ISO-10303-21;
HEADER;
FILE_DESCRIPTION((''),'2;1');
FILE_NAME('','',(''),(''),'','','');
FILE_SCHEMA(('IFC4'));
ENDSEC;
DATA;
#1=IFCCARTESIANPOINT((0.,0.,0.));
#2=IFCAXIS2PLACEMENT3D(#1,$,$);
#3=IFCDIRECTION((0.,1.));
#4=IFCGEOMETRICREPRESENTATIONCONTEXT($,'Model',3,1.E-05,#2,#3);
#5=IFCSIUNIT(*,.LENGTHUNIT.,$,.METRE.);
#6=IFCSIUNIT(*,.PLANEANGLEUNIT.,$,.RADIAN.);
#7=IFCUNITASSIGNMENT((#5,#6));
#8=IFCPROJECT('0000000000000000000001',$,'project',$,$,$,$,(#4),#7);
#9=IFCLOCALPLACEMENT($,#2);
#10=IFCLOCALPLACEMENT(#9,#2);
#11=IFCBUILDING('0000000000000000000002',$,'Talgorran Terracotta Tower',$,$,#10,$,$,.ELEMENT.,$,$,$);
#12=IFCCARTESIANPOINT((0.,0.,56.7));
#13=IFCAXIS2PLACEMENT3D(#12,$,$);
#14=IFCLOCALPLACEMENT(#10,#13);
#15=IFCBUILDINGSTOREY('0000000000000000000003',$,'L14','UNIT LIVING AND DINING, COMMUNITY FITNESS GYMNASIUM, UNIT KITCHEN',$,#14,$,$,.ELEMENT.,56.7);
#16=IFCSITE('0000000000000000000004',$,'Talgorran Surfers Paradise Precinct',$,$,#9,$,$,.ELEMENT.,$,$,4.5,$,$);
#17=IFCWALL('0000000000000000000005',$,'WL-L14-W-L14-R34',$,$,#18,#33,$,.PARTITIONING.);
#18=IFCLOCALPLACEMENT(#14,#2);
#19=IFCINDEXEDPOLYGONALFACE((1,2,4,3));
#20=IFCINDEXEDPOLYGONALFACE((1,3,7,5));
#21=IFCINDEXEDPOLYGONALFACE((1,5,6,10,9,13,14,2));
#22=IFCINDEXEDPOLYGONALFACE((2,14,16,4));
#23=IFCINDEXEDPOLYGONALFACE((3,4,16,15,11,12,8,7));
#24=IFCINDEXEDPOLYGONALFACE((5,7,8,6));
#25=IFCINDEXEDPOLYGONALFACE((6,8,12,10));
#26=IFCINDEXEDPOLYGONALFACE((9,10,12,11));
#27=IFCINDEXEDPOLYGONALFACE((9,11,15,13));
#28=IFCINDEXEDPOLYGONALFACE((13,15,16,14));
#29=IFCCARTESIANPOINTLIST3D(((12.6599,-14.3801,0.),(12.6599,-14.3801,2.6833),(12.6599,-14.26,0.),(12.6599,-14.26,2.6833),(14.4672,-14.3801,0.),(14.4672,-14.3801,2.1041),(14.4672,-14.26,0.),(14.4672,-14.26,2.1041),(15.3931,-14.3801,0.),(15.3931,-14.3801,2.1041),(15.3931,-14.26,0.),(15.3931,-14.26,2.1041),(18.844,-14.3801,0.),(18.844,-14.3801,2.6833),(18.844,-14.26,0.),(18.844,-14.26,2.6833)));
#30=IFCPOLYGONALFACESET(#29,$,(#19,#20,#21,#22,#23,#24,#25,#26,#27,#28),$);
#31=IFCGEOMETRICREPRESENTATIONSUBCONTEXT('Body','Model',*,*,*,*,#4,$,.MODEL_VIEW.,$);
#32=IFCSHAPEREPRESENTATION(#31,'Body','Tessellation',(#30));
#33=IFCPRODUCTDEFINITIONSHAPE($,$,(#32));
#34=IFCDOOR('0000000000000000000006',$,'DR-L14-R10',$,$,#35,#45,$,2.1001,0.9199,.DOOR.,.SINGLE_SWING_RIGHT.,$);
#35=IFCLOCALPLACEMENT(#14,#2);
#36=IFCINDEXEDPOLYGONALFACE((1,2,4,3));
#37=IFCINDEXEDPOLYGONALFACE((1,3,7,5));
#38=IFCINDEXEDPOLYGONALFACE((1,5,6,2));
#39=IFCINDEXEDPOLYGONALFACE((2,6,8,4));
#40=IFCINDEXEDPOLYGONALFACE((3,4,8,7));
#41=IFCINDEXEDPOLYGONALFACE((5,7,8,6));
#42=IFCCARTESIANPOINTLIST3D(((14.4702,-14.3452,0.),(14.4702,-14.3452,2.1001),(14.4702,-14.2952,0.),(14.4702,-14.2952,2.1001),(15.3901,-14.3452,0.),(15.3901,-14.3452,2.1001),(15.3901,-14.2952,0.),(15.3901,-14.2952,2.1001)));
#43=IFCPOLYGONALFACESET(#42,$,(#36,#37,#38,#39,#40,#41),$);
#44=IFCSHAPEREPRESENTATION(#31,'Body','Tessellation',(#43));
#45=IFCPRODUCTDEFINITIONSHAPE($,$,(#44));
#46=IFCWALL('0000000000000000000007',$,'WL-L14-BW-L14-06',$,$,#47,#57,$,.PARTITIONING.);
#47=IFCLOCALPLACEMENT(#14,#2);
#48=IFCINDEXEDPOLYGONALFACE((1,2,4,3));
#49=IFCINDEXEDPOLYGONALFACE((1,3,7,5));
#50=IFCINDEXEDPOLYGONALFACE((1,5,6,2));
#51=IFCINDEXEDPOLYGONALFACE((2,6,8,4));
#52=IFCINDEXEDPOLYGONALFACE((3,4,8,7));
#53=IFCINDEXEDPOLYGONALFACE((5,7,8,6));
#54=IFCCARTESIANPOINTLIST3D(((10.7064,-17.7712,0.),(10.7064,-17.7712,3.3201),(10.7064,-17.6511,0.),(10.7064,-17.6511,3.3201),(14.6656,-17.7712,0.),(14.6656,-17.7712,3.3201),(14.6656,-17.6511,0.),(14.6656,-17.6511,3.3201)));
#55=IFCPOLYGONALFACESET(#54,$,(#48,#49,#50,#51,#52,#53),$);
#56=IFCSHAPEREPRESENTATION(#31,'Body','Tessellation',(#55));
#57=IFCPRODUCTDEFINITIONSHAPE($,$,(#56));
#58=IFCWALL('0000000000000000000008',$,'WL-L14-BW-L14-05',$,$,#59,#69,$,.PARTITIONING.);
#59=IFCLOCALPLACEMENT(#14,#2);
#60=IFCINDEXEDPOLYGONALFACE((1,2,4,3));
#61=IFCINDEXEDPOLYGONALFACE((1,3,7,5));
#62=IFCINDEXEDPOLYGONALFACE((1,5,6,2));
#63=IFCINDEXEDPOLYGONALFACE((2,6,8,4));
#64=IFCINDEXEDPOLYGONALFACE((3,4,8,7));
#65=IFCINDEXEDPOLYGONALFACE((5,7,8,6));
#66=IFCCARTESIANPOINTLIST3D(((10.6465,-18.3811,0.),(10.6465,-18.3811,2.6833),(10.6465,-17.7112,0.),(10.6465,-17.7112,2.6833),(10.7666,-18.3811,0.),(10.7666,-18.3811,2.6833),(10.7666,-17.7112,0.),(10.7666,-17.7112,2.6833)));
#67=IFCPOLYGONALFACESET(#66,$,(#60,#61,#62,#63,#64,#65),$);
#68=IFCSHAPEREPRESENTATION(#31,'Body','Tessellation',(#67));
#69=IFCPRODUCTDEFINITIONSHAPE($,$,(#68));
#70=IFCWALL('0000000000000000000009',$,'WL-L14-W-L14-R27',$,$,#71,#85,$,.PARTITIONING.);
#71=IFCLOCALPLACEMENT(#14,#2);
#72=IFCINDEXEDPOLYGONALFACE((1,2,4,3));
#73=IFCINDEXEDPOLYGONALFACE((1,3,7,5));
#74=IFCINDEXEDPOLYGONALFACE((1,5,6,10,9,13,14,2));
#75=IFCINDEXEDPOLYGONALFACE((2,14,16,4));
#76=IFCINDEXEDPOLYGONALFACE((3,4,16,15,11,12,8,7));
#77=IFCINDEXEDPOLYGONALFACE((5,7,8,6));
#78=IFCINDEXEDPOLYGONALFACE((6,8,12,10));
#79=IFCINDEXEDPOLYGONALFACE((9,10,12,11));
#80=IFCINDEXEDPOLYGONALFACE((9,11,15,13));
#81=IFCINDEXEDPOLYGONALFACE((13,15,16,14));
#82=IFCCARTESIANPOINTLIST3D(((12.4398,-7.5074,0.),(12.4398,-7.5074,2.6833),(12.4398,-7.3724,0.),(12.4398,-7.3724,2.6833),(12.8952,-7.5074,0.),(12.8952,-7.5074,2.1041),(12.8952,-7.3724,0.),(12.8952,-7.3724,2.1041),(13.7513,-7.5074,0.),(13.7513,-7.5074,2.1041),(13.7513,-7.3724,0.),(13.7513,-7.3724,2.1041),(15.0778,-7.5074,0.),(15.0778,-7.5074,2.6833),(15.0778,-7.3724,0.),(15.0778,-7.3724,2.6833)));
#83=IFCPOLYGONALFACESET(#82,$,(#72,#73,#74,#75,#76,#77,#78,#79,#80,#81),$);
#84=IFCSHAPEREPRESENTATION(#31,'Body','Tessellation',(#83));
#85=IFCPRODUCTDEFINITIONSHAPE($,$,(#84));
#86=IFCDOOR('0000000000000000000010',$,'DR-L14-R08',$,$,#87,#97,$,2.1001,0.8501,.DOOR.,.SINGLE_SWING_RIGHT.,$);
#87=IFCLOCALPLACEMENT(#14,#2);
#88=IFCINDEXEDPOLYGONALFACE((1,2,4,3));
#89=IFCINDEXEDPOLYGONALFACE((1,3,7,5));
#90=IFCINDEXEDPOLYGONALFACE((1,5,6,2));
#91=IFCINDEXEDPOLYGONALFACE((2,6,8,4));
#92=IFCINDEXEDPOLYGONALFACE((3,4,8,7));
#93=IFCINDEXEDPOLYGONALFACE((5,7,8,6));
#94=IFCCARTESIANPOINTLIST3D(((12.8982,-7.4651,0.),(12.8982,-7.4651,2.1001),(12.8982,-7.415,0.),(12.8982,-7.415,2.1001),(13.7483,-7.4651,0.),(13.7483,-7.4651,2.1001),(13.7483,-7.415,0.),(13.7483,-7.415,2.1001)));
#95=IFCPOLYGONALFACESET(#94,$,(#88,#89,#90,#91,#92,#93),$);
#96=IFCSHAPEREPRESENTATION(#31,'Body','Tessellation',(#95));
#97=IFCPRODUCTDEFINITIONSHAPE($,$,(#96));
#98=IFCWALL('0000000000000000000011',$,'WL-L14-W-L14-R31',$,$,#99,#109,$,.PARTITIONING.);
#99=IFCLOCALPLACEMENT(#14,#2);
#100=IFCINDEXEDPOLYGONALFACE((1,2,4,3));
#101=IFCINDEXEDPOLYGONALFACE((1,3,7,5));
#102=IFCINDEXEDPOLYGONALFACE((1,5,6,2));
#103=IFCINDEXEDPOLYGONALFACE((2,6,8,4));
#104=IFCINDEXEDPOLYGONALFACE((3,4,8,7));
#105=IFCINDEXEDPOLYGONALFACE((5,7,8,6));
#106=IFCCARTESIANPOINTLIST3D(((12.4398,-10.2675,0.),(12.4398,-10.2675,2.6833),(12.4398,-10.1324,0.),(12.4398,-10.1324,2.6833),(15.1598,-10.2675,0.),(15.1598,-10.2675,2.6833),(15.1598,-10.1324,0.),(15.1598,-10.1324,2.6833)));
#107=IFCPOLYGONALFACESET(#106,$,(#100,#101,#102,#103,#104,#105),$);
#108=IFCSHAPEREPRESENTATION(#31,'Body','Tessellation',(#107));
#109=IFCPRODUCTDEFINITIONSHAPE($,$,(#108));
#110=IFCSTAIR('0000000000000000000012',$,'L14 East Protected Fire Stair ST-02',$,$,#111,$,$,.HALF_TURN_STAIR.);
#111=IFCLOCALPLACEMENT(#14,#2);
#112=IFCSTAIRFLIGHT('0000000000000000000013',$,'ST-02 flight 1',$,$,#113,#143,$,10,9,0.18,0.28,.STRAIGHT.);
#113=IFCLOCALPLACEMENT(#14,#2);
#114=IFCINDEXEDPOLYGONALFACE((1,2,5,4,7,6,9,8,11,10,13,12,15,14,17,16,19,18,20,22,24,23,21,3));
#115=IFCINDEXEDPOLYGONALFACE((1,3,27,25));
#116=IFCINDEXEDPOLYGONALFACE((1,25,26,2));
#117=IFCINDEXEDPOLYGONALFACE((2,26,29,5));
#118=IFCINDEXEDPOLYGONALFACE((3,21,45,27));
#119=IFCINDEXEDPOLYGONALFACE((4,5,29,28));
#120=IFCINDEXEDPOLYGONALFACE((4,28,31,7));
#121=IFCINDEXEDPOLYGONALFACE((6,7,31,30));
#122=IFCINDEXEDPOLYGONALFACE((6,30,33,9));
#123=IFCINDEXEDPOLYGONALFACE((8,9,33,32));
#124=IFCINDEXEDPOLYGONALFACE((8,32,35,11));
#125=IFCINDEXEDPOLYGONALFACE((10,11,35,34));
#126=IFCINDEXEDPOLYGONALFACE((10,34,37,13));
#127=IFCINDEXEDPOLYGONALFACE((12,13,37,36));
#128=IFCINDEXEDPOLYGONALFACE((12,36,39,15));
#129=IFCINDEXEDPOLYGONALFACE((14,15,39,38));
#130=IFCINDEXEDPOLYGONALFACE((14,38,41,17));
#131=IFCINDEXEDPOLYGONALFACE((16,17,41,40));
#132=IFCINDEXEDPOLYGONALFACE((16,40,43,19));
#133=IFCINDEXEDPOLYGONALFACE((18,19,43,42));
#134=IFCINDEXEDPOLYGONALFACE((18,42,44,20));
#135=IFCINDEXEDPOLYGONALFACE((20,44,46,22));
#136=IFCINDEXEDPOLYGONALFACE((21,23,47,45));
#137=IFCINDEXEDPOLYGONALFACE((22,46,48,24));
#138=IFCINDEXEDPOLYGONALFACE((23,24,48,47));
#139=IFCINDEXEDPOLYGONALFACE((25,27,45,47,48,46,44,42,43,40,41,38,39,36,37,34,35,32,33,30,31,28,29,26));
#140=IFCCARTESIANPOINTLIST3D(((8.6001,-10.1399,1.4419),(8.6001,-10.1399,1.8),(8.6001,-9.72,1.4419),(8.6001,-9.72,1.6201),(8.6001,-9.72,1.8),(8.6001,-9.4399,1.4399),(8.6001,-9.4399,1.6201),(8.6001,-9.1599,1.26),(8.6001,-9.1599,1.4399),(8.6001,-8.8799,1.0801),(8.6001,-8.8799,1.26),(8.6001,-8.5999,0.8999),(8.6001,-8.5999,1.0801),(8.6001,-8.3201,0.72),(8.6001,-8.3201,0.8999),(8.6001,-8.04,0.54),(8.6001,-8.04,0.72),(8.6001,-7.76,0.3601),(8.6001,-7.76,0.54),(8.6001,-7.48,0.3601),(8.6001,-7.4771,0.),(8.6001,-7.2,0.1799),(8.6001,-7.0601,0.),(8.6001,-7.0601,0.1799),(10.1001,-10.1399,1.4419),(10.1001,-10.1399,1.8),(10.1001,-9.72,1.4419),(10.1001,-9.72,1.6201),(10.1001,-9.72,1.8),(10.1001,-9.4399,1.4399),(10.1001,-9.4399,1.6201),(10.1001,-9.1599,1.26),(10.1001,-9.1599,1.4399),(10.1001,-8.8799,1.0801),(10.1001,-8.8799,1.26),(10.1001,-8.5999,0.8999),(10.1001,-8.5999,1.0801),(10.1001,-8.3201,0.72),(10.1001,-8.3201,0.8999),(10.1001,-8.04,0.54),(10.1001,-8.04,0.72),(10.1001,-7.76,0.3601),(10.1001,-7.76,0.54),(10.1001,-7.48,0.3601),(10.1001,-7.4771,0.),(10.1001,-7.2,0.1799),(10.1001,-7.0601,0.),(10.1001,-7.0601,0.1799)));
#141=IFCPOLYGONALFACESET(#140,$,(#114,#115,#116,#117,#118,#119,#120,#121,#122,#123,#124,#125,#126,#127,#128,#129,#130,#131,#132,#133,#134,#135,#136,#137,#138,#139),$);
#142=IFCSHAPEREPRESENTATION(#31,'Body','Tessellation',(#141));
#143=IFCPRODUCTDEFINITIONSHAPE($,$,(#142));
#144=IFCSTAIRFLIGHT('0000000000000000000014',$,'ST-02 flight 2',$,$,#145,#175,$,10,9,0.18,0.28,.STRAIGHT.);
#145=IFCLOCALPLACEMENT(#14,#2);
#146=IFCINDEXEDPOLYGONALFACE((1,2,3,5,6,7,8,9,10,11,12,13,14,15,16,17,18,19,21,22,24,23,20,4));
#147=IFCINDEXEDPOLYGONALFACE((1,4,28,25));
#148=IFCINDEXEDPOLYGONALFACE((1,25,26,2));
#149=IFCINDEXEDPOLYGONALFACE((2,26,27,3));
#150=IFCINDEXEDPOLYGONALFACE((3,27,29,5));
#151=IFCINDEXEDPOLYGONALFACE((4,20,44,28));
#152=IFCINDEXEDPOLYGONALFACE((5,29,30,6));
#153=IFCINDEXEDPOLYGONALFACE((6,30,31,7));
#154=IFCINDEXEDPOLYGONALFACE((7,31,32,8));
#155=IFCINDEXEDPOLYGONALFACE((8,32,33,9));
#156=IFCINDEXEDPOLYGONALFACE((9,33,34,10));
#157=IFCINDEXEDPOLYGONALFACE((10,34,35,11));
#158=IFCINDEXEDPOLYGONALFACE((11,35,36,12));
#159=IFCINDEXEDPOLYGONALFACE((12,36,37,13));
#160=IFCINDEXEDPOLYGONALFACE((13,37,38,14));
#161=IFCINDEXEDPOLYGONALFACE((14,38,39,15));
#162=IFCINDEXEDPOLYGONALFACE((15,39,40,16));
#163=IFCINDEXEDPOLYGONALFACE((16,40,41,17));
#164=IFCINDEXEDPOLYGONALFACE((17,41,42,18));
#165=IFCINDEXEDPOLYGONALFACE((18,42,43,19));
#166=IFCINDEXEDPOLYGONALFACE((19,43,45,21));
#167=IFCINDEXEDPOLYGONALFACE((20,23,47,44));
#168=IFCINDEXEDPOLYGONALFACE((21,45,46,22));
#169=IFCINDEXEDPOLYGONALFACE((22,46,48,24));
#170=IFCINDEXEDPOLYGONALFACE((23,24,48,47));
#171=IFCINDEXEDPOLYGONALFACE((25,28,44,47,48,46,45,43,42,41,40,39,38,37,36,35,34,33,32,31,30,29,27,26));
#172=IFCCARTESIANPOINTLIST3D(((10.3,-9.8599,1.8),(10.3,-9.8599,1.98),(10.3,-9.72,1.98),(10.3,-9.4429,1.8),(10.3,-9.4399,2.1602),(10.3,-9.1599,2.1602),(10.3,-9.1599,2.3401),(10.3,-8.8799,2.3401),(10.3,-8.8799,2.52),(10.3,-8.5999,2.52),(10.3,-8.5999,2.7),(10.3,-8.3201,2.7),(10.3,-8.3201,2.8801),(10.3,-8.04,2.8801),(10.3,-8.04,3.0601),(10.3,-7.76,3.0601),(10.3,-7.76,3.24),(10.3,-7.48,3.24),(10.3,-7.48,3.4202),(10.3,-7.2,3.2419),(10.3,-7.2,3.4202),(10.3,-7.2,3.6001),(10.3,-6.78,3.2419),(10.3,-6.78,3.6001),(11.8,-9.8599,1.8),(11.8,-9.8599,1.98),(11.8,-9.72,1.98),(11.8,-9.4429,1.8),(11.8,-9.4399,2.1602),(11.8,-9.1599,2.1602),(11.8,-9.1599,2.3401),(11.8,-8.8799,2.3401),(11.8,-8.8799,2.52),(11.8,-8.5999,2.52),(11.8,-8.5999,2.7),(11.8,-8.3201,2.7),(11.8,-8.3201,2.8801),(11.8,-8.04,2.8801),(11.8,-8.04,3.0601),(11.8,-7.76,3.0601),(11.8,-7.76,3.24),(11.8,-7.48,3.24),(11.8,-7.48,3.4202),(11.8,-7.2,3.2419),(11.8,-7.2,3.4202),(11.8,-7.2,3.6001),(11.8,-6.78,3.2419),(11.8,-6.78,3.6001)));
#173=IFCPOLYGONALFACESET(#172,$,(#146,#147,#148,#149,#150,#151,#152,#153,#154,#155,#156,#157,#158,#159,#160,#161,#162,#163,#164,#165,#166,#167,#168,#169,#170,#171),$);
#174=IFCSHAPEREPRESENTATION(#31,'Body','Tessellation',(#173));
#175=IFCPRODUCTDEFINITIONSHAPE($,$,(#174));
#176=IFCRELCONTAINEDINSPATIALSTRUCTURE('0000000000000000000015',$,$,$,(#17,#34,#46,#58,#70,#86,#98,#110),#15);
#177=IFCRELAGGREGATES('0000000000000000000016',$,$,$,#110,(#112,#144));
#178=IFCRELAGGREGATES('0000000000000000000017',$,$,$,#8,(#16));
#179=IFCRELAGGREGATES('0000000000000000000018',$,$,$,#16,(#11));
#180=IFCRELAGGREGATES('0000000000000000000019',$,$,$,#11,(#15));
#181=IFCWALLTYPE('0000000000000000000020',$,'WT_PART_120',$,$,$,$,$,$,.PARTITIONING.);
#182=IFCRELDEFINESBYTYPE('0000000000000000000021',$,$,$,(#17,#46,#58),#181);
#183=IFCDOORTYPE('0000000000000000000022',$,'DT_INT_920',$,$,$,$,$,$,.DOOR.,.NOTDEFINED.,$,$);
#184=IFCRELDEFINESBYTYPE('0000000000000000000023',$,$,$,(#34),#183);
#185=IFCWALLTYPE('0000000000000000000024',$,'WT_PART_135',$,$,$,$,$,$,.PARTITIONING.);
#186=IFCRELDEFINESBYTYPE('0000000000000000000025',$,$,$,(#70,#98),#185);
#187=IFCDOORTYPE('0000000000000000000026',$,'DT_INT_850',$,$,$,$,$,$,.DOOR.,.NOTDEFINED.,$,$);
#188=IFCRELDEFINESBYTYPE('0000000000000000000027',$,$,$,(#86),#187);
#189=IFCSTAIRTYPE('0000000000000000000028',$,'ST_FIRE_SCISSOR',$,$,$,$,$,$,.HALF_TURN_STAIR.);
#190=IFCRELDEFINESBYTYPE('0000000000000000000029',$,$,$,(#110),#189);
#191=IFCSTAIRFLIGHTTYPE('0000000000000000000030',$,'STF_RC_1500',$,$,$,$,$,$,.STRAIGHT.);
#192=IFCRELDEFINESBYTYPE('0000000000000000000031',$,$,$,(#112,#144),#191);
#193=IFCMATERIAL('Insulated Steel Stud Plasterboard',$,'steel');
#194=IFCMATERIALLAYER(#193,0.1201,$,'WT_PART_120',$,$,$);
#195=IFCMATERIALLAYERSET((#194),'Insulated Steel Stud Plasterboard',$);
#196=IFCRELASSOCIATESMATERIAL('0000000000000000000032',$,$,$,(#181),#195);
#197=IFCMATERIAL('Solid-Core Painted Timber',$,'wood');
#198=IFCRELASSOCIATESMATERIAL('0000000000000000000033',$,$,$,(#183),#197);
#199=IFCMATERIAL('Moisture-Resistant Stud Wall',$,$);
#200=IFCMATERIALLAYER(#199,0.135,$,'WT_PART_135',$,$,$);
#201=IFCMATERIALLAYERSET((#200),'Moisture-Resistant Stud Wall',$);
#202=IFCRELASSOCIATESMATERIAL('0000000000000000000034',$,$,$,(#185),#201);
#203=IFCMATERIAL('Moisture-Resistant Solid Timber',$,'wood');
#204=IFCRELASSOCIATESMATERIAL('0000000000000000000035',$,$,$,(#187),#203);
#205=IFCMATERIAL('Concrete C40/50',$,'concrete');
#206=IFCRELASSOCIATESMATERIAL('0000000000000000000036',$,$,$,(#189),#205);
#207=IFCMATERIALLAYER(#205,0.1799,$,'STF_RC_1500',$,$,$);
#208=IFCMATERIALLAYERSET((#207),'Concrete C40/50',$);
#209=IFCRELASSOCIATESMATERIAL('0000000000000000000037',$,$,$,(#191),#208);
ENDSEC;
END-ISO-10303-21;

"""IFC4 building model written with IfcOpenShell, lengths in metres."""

from ifc_helpers import new_model, si_unit, direction, frame, frame_2d, origin, place, context, subcontext, project, spatial, polyline, rectangle, outline, extrude, material, layer, layer_set, type_object, element, fill, aggregate, save


model = new_model("IFC4")

# Units and contexts
model_context = context("Model", 3, precision=1e-05, world=origin(), true_north=direction((0.0, 1.0)))
body_context = subcontext(model_context, "Body", "Model", "MODEL_VIEW")
ifc_project = project(units=[si_unit("LENGTHUNIT", "METRE"), si_unit("PLANEANGLEUNIT", "RADIAN")], contexts=[model_context])

# Site, building, storey
site_placement = place(None, origin())
site = spatial("IfcSite", under=ifc_project, at=site_placement, Name="Talgorran Surfers Paradise Precinct", CompositionType="ELEMENT", RefElevation=4.5)
building_placement = place(site_placement, origin())
building = spatial("IfcBuilding", under=site, at=building_placement, Name="Talgorran Terracotta Tower", CompositionType="ELEMENT")
storey_placement = place(building_placement, frame((0.0, 0.0, 56.7)))
storey = spatial("IfcBuildingStorey", under=building, at=storey_placement, Name="L14", Description="UNIT LIVING AND DINING, COMMUNITY FITNESS GYMNASIUM, UNIT KITCHEN", CompositionType="ELEMENT", Elevation=56.7)

# Wall, opening, door
ifc_material_1 = material(Name="Insulated Steel Stud Plasterboard", Category="steel")
ifc_layer_1 = layer(ifc_material_1, 0.1201, Name="WT_PART_120")
ifc_layer_set_1 = layer_set([ifc_layer_1], Name="Insulated Steel Stud Plasterboard")
wall_type_1 = type_object("IfcWallType", Name="WT_PART_120", PredefinedType="PARTITIONING", material=ifc_layer_set_1)
wall_1_placement = place(storey_placement, frame((12.6599, -14.3201, 0.0), z_axis=(0.0, 0.0, 1.0), x_axis=(1.0, 0.0, 0.0)))
wall_1 = element("IfcWall", 1, at=wall_1_placement, inside=storey, type_object=wall_type_1, Name="WL-L14-W-L14-R34", PredefinedType="PARTITIONING", context=body_context, shape_type="SweptSolid", body=[
    extrude(rectangle(XDim=6.1841, YDim=0.1201, at=frame_2d((3.092, 0.0))), origin(), (0.0, 0.0, 1.0), 2.6833),
])
opening_1_placement = place(wall_1_placement, frame((1.8103, 0.0, 0.0)))
opening_1 = element("IfcOpeningElement", 2, at=opening_1_placement, cuts=wall_1, PredefinedType="OPENING", context=body_context, shape_type="SweptSolid", body=[
    extrude(rectangle(XDim=0.9259, YDim=2.1041, at=frame_2d((0.46, 1.052))), frame((0.0, 0.0701, 0.0), z_axis=(0.0, -1.0, 0.0), x_axis=(1.0, 0.0, 0.0)), (0.0, 0.0, 1.0), 0.1401),
])
ifc_material_2 = material(Name="Solid-Core Painted Timber", Category="wood")
door_type_1 = type_object("IfcDoorType", Name="DT_INT_920", OperationType="NOTDEFINED", PredefinedType="DOOR", material=ifc_material_2)
door_1_placement = place(opening_1_placement, origin())
door_1 = element("IfcDoor", 3, at=door_1_placement, inside=storey, type_object=door_type_1, Name="DR-L14-R10", OperationType="SINGLE_SWING_RIGHT", OverallHeight=2.1001, OverallWidth=0.9199, PredefinedType="DOOR", context=body_context, shape_type="SweptSolid", body=[
    extrude(rectangle(XDim=0.9199, YDim=2.1001, at=frame_2d((0.46, 1.05))), frame((0.0, 0.0249, 0.0), z_axis=(0.0, -1.0, 0.0), x_axis=(1.0, 0.0, 0.0)), (0.0, 0.0, 1.0), 0.05),
])
fill(opening_1, door_1)

# Walls
wall_2_placement = place(storey_placement, frame((10.7065, -17.7112, 0.0), z_axis=(0.0, 0.0, 1.0), x_axis=(1.0, 0.0, 0.0)))
element("IfcWall", 4, at=wall_2_placement, inside=storey, type_object=wall_type_1, Name="WL-L14-BW-L14-06", PredefinedType="PARTITIONING", context=body_context, shape_type="SweptSolid", body=[
    extrude(rectangle(XDim=3.9592, YDim=0.1201, at=frame_2d((1.9795, 0.0))), origin(), (0.0, 0.0, 1.0), 3.3201),
])
wall_3_placement = place(storey_placement, frame((10.7065, -18.3811, 0.0), z_axis=(0.0, 0.0, 1.0), x_axis=(0.0, 1.0, 0.0)))
element("IfcWall", 5, at=wall_3_placement, inside=storey, type_object=wall_type_1, Name="WL-L14-BW-L14-05", PredefinedType="PARTITIONING", context=body_context, shape_type="SweptSolid", body=[
    extrude(rectangle(XDim=0.6699, YDim=0.1201, at=frame_2d((0.335, 0.0))), origin(), (0.0, 0.0, 1.0), 2.6833),
])

# Wall, opening, door
ifc_material_3 = material(Name="Moisture-Resistant Stud Wall")
ifc_layer_2 = layer(ifc_material_3, 0.135, Name="WT_PART_135")
ifc_layer_set_2 = layer_set([ifc_layer_2], Name="Moisture-Resistant Stud Wall")
wall_type_2 = type_object("IfcWallType", Name="WT_PART_135", PredefinedType="PARTITIONING", material=ifc_layer_set_2)
wall_4_placement = place(storey_placement, frame((12.4399, -7.4399, 0.0), z_axis=(0.0, 0.0, 1.0), x_axis=(1.0, 0.0, 0.0)))
wall_4 = element("IfcWall", 6, at=wall_4_placement, inside=storey, type_object=wall_type_2, Name="WL-L14-W-L14-R27", PredefinedType="PARTITIONING", context=body_context, shape_type="SweptSolid", body=[
    extrude(rectangle(XDim=2.6379, YDim=0.135, at=frame_2d((1.3188, 0.0))), origin(), (0.0, 0.0, 1.0), 2.6833),
])
opening_2_placement = place(wall_4_placement, frame((0.4583, 0.0, 0.0)))
opening_2 = element("IfcOpeningElement", 7, at=opening_2_placement, cuts=wall_4, PredefinedType="OPENING", context=body_context, shape_type="SweptSolid", body=[
    extrude(rectangle(XDim=0.8561, YDim=2.1041, at=frame_2d((0.425, 1.052))), frame((0.0, 0.0776, 0.0), z_axis=(0.0, -1.0, 0.0), x_axis=(1.0, 0.0, 0.0)), (0.0, 0.0, 1.0), 0.155),
])
ifc_material_4 = material(Name="Moisture-Resistant Solid Timber", Category="wood")
door_type_2 = type_object("IfcDoorType", Name="DT_INT_850", OperationType="NOTDEFINED", PredefinedType="DOOR", material=ifc_material_4)
door_2_placement = place(opening_2_placement, origin())
door_2 = element("IfcDoor", 8, at=door_2_placement, inside=storey, type_object=door_type_2, Name="DR-L14-R08", OperationType="SINGLE_SWING_RIGHT", OverallHeight=2.1001, OverallWidth=0.8501, PredefinedType="DOOR", context=body_context, shape_type="SweptSolid", body=[
    extrude(rectangle(XDim=0.8501, YDim=2.1001, at=frame_2d((0.425, 1.05))), frame((0.0, 0.0249, 0.0), z_axis=(0.0, -1.0, 0.0), x_axis=(1.0, 0.0, 0.0)), (0.0, 0.0, 1.0), 0.05),
])
fill(opening_2, door_2)

# Wall
wall_5_placement = place(storey_placement, frame((12.4399, -10.2, 0.0), z_axis=(0.0, 0.0, 1.0), x_axis=(1.0, 0.0, 0.0)))
element("IfcWall", 9, at=wall_5_placement, inside=storey, type_object=wall_type_2, Name="WL-L14-W-L14-R31", PredefinedType="PARTITIONING", context=body_context, shape_type="SweptSolid", body=[
    extrude(rectangle(XDim=2.72, YDim=0.135, at=frame_2d((1.3599, 0.0))), origin(), (0.0, 0.0, 1.0), 2.6833),
])

# Stair, stair flights
ifc_material_5 = material(Name="Concrete C40/50", Category="concrete")
stair_type = type_object("IfcStairType", Name="ST_FIRE_SCISSOR", PredefinedType="HALF_TURN_STAIR", material=ifc_material_5)
stair_placement = place(storey_placement, origin())
stair = element("IfcStair", 10, at=stair_placement, inside=storey, type_object=stair_type, Name="L14 East Protected Fire Stair ST-02", PredefinedType="HALF_TURN_STAIR")
ifc_layer_3 = layer(ifc_material_5, 0.1799, Name="STF_RC_1500")
ifc_layer_set_3 = layer_set([ifc_layer_3], Name="Concrete C40/50")
stair_flight_type = type_object("IfcStairFlightType", Name="STF_RC_1500", PredefinedType="STRAIGHT", material=ifc_layer_set_3)
stair_flight_1_placement = place(storey_placement, frame((9.3501, -7.2, 0.0), z_axis=(0.0, 0.0, 1.0), x_axis=(0.0, -1.0, 0.0)))
stair_flight_1 = element("IfcStairFlight", 11, at=stair_flight_1_placement, type_object=stair_flight_type, Name="ST-02 flight 1", NumberOfRisers=10, NumberOfTreads=9, PredefinedType="STRAIGHT", RiserHeight=0.18, TreadLength=0.28, context=body_context, shape_type="SweptSolid", body=[
    extrude(outline(polyline([(-0.1399, 0.0), (-0.1399, 0.1799), (0.0, 0.1799), (0.28, 0.3601), (0.5601, 0.3601), (0.5601, 0.54), (0.8401, 0.54), (0.8401, 0.72), (1.1201, 0.72), (1.1201, 0.8999), (1.3999, 0.8999), (1.3999, 1.0801), (1.6799, 1.0801), (1.6799, 1.26), (1.96, 1.26), (1.96, 1.4399), (2.24, 1.4399), (2.24, 1.6201), (2.52, 1.6201), (2.52, 1.8), (2.9399, 1.8), (2.9399, 1.4419), (2.52, 1.4419), (0.2771, 0.0), (-0.1399, 0.0)])), frame((0.0, 0.75, 0.0), z_axis=(0.0, -1.0, 0.0), x_axis=(1.0, 0.0, 0.0)), (0.0, 0.0, 1.0), 1.5),
])
stair_flight_2_placement = place(storey_placement, frame((11.05, -9.72, 1.8), z_axis=(0.0, 0.0, 1.0), x_axis=(0.0, 1.0, 0.0)))
stair_flight_2 = element("IfcStairFlight", 12, at=stair_flight_2_placement, type_object=stair_flight_type, Name="ST-02 flight 2", NumberOfRisers=10, NumberOfTreads=9, PredefinedType="STRAIGHT", RiserHeight=0.18, TreadLength=0.28, context=body_context, shape_type="SweptSolid", body=[
    extrude(outline(polyline([(-0.1399, 0.0), (-0.1399, 0.1799), (0.0, 0.1799), (0.28, 0.3601), (0.5601, 0.3601), (0.5601, 0.54), (0.8401, 0.54), (0.8401, 0.72), (1.1201, 0.72), (1.1201, 0.8999), (1.3999, 0.8999), (1.3999, 1.0801), (1.6799, 1.0801), (1.6799, 1.26), (1.96, 1.26), (1.96, 1.4399), (2.24, 1.4399), (2.24, 1.6201), (2.52, 1.6201), (2.52, 1.8), (2.9399, 1.8), (2.9399, 1.4419), (2.52, 1.4419), (0.2771, 0.0), (-0.1399, 0.0)])), frame((0.0, 0.75, 0.0), z_axis=(0.0, -1.0, 0.0), x_axis=(1.0, 0.0, 0.0)), (0.0, 0.0, 1.0), 1.5),
])
aggregate(stair, [stair_flight_1, stair_flight_2])

save(model, "model.ifc")
